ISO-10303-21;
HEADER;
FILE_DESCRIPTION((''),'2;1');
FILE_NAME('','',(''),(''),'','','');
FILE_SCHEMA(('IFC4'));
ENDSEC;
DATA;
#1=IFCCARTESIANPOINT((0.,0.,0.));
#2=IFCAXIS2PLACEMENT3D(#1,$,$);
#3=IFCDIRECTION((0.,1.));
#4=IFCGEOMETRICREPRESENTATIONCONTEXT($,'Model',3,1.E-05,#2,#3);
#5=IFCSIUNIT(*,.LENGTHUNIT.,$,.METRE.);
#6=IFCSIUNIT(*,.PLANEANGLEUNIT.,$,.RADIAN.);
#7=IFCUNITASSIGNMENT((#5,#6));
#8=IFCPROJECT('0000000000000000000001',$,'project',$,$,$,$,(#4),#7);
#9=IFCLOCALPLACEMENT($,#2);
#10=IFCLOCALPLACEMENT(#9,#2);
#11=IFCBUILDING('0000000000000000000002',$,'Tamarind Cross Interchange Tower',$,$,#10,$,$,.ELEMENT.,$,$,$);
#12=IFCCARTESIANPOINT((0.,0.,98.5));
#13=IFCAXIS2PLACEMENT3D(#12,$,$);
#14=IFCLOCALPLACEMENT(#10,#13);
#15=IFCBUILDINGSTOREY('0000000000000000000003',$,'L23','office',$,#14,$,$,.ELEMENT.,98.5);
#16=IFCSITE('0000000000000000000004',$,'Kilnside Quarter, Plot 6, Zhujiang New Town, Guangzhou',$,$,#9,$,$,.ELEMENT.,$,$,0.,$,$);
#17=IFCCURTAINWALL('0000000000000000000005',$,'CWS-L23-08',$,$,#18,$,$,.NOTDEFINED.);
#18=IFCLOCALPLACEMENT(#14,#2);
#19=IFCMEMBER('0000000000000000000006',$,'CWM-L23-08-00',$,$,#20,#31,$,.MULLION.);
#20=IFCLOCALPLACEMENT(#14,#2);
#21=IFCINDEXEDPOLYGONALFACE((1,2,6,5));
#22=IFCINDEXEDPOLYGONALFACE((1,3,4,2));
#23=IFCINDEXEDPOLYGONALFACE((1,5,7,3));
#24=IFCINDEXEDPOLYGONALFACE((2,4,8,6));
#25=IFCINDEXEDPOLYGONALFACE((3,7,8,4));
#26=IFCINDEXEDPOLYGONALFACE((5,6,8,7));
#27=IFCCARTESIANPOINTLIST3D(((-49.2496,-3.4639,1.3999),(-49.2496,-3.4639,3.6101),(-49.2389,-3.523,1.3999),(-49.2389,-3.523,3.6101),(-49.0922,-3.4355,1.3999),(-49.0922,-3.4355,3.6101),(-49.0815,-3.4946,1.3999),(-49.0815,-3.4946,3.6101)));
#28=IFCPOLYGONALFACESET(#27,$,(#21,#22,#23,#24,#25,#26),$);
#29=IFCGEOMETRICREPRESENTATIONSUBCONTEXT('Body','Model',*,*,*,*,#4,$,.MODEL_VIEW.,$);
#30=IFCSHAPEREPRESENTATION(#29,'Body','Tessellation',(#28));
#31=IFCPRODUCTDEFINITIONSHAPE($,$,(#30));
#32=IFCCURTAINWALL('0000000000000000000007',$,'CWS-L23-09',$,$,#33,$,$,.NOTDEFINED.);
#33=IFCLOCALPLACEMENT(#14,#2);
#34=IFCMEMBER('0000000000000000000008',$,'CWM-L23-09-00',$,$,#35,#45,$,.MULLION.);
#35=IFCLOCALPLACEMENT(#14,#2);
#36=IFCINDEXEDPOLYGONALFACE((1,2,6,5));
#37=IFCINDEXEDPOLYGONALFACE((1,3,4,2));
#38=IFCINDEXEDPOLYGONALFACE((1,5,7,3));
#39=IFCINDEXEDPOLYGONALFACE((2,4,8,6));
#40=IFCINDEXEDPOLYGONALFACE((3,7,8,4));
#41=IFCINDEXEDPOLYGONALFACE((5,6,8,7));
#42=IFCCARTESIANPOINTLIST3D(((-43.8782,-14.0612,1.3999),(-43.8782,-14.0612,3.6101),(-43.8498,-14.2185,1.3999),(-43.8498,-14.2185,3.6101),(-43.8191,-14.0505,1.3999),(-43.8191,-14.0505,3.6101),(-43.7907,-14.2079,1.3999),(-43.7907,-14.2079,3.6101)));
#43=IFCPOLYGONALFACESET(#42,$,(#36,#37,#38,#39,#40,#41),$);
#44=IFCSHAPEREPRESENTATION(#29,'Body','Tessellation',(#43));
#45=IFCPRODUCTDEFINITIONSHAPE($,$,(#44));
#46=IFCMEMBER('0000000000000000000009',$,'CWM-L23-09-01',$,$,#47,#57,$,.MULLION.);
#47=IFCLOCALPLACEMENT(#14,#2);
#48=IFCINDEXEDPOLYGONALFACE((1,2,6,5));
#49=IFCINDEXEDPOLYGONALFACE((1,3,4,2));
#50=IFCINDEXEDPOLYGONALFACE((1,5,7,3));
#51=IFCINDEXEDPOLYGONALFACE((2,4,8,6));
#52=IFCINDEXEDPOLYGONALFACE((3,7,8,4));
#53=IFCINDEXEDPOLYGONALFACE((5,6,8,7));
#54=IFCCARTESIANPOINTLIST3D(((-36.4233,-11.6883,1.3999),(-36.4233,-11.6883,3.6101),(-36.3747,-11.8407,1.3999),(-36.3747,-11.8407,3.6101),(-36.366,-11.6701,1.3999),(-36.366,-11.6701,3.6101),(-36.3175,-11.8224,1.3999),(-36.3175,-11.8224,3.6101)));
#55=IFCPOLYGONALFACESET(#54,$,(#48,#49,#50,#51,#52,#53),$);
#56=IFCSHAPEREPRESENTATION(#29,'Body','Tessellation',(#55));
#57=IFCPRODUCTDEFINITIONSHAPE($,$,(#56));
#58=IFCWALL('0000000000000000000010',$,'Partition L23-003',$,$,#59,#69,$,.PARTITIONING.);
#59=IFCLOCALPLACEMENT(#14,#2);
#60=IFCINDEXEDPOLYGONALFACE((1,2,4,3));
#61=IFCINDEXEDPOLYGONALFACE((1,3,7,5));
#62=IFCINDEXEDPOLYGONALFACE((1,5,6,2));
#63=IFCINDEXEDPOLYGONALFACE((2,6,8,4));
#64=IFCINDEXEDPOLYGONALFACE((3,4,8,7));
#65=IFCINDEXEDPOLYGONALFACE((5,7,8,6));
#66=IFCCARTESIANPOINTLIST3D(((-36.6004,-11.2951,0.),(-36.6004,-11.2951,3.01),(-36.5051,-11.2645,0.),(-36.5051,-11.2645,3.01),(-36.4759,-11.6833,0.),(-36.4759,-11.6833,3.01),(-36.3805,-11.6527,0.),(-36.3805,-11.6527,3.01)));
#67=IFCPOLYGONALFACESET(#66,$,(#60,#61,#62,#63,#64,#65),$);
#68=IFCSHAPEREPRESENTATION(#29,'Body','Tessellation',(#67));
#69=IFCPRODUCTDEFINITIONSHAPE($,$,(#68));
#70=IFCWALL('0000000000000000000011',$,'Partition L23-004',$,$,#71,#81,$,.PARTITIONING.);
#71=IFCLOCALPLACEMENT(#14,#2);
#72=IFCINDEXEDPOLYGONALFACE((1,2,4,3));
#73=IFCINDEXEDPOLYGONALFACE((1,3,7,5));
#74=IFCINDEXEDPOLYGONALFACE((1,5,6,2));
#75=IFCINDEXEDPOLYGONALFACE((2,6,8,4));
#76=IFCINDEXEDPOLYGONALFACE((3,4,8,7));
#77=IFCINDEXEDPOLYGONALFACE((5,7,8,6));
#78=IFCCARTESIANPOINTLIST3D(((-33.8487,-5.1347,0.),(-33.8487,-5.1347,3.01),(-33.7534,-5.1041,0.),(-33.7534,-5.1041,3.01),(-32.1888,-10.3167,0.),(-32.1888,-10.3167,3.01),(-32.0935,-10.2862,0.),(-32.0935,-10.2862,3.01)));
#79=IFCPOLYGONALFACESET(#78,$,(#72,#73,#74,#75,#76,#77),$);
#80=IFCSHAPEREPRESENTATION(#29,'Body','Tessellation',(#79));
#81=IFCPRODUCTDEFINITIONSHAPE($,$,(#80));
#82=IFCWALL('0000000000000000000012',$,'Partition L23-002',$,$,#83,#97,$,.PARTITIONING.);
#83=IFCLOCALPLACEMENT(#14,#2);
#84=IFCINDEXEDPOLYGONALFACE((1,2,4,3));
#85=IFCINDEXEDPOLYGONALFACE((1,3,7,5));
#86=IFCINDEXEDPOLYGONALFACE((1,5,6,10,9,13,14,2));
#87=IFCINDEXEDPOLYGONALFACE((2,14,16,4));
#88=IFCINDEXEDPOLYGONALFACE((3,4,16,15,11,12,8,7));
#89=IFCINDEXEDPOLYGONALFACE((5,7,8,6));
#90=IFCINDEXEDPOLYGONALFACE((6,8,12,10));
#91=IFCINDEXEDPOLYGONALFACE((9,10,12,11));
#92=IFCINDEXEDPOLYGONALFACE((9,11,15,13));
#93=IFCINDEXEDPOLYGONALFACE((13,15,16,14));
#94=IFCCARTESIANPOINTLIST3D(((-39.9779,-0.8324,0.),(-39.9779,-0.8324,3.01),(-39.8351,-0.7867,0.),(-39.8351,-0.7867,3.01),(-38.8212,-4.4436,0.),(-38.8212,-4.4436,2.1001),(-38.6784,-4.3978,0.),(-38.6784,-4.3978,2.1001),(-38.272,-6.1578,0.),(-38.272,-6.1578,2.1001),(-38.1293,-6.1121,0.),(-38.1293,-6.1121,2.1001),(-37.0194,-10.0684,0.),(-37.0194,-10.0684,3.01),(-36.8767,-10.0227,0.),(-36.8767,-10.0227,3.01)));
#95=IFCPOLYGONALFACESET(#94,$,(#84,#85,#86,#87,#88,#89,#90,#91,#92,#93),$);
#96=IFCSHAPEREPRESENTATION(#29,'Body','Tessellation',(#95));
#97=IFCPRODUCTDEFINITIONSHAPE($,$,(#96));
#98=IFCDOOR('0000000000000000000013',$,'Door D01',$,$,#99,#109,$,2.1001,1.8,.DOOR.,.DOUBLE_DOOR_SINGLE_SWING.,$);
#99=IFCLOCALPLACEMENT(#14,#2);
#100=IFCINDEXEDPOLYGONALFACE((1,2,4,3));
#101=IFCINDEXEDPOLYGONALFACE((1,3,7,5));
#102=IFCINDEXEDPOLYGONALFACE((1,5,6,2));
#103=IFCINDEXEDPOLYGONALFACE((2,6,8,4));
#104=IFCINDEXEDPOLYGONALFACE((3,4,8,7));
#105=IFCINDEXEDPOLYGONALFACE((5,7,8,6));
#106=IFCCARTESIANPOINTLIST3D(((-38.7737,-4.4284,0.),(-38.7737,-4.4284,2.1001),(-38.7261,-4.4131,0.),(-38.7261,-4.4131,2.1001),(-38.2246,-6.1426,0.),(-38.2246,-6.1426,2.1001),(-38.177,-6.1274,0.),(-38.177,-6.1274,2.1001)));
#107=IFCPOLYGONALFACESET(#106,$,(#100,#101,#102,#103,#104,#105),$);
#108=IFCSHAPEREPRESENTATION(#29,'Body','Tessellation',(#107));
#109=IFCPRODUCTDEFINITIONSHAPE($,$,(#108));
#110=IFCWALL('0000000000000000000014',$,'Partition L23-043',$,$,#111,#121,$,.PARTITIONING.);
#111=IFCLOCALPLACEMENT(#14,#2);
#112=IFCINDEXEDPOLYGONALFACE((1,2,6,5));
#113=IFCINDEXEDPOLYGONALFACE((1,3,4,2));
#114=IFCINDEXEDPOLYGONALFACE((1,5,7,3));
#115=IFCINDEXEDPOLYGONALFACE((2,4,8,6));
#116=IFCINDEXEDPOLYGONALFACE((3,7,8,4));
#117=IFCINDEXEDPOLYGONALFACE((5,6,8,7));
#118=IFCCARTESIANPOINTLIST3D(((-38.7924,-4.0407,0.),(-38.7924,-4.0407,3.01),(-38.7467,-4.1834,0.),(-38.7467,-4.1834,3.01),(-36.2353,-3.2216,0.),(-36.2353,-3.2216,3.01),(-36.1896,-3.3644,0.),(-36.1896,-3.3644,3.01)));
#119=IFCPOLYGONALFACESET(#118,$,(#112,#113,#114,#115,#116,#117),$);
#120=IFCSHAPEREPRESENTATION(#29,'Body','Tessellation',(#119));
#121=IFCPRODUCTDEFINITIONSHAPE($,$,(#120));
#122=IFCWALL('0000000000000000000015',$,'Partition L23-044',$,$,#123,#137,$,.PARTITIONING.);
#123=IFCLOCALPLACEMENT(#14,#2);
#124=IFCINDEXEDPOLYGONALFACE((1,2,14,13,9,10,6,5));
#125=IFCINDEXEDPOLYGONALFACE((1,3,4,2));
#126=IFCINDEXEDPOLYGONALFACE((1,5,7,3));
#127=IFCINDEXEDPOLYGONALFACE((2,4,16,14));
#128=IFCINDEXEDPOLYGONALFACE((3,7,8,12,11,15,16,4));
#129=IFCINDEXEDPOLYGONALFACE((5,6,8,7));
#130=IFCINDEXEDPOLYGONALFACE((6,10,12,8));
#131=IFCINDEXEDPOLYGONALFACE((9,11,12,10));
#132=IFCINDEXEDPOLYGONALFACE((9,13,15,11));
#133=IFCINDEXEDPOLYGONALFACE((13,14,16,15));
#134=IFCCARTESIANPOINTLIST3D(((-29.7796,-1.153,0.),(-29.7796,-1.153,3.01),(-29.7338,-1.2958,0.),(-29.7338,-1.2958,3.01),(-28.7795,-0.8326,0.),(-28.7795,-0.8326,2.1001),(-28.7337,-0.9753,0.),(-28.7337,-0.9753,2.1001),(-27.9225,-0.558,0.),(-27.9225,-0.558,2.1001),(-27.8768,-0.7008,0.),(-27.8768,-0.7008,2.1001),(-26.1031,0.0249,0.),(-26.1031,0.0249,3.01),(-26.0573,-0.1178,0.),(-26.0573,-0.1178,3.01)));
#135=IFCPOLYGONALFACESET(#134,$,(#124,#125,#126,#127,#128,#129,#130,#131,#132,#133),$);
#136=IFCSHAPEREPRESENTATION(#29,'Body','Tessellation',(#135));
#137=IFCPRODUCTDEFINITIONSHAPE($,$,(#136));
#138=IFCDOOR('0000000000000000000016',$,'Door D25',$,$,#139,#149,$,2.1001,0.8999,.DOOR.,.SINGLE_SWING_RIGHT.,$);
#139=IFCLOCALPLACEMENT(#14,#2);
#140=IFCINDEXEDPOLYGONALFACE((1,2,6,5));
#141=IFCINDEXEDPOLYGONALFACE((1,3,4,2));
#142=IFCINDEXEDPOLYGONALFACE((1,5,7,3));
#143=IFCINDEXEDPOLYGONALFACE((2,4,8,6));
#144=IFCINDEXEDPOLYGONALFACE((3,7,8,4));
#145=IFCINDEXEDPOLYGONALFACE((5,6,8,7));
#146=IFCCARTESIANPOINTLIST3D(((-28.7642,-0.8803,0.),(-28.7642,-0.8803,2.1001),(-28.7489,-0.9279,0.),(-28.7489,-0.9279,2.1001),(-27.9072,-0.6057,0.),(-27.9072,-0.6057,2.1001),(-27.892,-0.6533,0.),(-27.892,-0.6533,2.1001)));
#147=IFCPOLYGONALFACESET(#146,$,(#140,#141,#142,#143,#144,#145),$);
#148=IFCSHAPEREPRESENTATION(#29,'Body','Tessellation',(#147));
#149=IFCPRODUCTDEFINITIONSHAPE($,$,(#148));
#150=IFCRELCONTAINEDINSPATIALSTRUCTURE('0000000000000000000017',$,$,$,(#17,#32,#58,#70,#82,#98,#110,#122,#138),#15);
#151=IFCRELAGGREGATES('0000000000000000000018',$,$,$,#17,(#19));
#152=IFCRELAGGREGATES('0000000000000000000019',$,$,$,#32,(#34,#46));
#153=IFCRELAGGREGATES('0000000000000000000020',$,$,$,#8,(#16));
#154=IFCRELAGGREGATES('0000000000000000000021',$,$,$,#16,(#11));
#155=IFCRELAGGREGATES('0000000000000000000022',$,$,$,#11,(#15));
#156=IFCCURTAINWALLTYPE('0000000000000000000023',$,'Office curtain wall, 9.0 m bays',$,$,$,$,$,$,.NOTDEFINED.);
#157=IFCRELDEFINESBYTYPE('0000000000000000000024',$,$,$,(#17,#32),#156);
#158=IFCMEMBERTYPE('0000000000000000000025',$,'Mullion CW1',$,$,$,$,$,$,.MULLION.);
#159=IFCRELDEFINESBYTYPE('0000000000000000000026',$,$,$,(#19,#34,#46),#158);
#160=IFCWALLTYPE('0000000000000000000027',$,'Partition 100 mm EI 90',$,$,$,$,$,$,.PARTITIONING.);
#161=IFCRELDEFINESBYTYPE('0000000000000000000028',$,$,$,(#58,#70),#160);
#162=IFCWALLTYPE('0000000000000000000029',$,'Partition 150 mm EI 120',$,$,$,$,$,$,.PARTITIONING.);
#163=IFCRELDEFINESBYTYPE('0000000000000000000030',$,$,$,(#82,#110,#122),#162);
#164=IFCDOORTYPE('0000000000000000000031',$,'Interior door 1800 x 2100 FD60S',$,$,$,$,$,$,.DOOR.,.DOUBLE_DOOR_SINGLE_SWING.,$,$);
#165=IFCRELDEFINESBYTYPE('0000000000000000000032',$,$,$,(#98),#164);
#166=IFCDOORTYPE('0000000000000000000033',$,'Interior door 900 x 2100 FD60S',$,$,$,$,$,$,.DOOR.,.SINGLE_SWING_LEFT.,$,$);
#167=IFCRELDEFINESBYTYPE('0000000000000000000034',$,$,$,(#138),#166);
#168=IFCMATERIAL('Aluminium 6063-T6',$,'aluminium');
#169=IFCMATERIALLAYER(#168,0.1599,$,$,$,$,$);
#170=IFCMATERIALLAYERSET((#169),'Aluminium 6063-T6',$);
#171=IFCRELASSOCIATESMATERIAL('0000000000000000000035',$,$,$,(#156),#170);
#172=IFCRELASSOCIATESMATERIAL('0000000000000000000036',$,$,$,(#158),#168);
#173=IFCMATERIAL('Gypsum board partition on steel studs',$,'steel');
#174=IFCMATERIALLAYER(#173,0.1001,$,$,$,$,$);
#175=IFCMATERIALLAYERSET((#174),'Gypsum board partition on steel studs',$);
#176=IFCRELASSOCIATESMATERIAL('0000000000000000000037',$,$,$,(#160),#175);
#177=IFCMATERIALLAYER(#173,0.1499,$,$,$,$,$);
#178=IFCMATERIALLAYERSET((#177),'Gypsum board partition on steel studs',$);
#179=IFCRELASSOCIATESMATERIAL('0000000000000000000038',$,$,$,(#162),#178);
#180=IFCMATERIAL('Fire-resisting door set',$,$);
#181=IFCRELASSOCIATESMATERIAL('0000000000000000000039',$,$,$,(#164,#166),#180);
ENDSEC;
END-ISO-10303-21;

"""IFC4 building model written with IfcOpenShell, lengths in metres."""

from ifc_helpers import new_model, si_unit, direction, frame, frame_2d, origin, origin_2d, place, context, subcontext, project, spatial, rectangle, extrude, material, layer, layer_set, material_profile, profile_set, type_object, element, fill, aggregate, save


model = new_model("IFC4")

# Units and contexts
model_context = context("Model", 3, precision=1e-05, world=origin(), true_north=direction((0.0, 1.0)))
body_context = subcontext(model_context, "Body", "Model", "MODEL_VIEW")
ifc_project = project(units=[si_unit("LENGTHUNIT", "METRE"), si_unit("PLANEANGLEUNIT", "RADIAN")], contexts=[model_context])

# Site, building, storey
site_placement = place(None, origin())
site = spatial("IfcSite", under=ifc_project, at=site_placement, Name="Kilnside Quarter, Plot 6, Zhujiang New Town, Guangzhou", CompositionType="ELEMENT", RefElevation=0.0)
building_placement = place(site_placement, origin())
building = spatial("IfcBuilding", under=site, at=building_placement, Name="Tamarind Cross Interchange Tower", CompositionType="ELEMENT")
storey_placement = place(building_placement, frame((0.0, 0.0, 98.5)))
storey = spatial("IfcBuildingStorey", under=building, at=storey_placement, Name="L23", Description="office", CompositionType="ELEMENT", Elevation=98.5)

# Curtain wall, member
ifc_material_1 = material(Name="Aluminium 6063-T6", Category="aluminium")
ifc_layer_1 = layer(ifc_material_1, 0.1599)
ifc_layer_set_1 = layer_set([ifc_layer_1], Name="Aluminium 6063-T6")
curtain_wall_type = type_object("IfcCurtainWallType", Name="Office curtain wall, 9.0 m bays", PredefinedType="NOTDEFINED", material=ifc_layer_set_1)
curtain_wall_1_placement = place(storey_placement, origin())
curtain_wall_1 = element("IfcCurtainWall", 1, at=curtain_wall_1_placement, inside=storey, type_object=curtain_wall_type, Name="CWS-L23-08", PredefinedType="NOTDEFINED")
ifc_material_profile_1 = material_profile(ifc_material_1, rectangle(XDim=0.0601, YDim=0.1599, at=origin_2d()), Name="Mullion CW1")
ifc_profile_set_1 = profile_set([ifc_material_profile_1], Name="Aluminium 6063-T6")
member_type = type_object("IfcMemberType", Name="Mullion CW1", PredefinedType="MULLION", material=ifc_profile_set_1)
member_1_placement = place(storey_placement, frame((-49.1655, -3.4792, 1.3999), z_axis=(0.0, 0.0, 1.0), x_axis=(0.178143, -0.984005, 0.0)))
member_1 = element("IfcMember", 2, at=member_1_placement, type_object=member_type, Name="CWM-L23-08-00", PredefinedType="MULLION", context=body_context, shape_type="SweptSolid", body=[
    extrude(rectangle(XDim=0.0601, YDim=0.1599, at=origin_2d()), origin(), (0.0, 0.0, 1.0), 2.2102),
])
aggregate(curtain_wall_1, [member_1])

# Curtain wall, members
curtain_wall_2_placement = place(storey_placement, origin())
curtain_wall_2 = element("IfcCurtainWall", 3, at=curtain_wall_2_placement, inside=storey, type_object=curtain_wall_type, Name="CWS-L23-09", PredefinedType="NOTDEFINED")
member_2_placement = place(storey_placement, frame((-43.8345, -14.1345, 1.3999), z_axis=(0.0, 0.0, 1.0), x_axis=(0.984133, 0.177433, 0.0)))
member_2 = element("IfcMember", 4, at=member_2_placement, type_object=member_type, Name="CWM-L23-09-00", PredefinedType="MULLION", context=body_context, shape_type="SweptSolid", body=[
    extrude(rectangle(XDim=0.0601, YDim=0.1599, at=origin_2d()), origin(), (0.0, 0.0, 1.0), 2.2102),
])
member_3_placement = place(storey_placement, frame((-36.3704, -11.7554, 1.3999), z_axis=(0.0, 0.0, 1.0), x_axis=(0.952773, 0.303683, 0.0)))
member_3 = element("IfcMember", 5, at=member_3_placement, type_object=member_type, Name="CWM-L23-09-01", PredefinedType="MULLION", context=body_context, shape_type="SweptSolid", body=[
    extrude(rectangle(XDim=0.0601, YDim=0.1599, at=origin_2d()), origin(), (0.0, 0.0, 1.0), 2.2102),
])
aggregate(curtain_wall_2, [member_2, member_3])

# Walls
ifc_material_2 = material(Name="Gypsum board partition on steel studs", Category="steel")
ifc_layer_2 = layer(ifc_material_2, 0.1001)
ifc_layer_set_2 = layer_set([ifc_layer_2], Name="Gypsum board partition on steel studs")
wall_type_1 = type_object("IfcWallType", Name="Partition 100 mm EI 90", PredefinedType="PARTITIONING", material=ifc_layer_set_2)
wall_1_placement = place(storey_placement, frame((-36.5527, -11.2798, 0.0), z_axis=(0.0, 0.0, 1.0), x_axis=(0.305428, -0.952215, 0.0)))
element("IfcWall", 6, at=wall_1_placement, inside=storey, type_object=wall_type_1, Name="Partition L23-003", PredefinedType="PARTITIONING", context=body_context, shape_type="SweptSolid", body=[
    extrude(rectangle(XDim=0.4077, YDim=0.1001, at=frame_2d((0.2039, 0.0))), origin(), (0.0, 0.0, 1.0), 3.01),
])
wall_2_placement = place(storey_placement, frame((-33.801, -5.1194, 0.0), z_axis=(0.0, 0.0, 1.0), x_axis=(0.305048, -0.952337, 0.0)))
element("IfcWall", 7, at=wall_2_placement, inside=storey, type_object=wall_type_1, Name="Partition L23-004", PredefinedType="PARTITIONING", context=body_context, shape_type="SweptSolid", body=[
    extrude(rectangle(XDim=5.4414, YDim=0.1001, at=frame_2d((2.7207, 0.0))), origin(), (0.0, 0.0, 1.0), 3.01),
])

# Wall, opening, door
ifc_layer_3 = layer(ifc_material_2, 0.1499)
ifc_layer_set_3 = layer_set([ifc_layer_3], Name="Gypsum board partition on steel studs")
wall_type_2 = type_object("IfcWallType", Name="Partition 150 mm EI 120", PredefinedType="PARTITIONING", material=ifc_layer_set_3)
wall_3_placement = place(storey_placement, frame((-39.9065, -0.8096, 0.0), z_axis=(0.0, 0.0, 1.0), x_axis=(0.305052, -0.952336, 0.0)))
wall_3 = element("IfcWall", 8, at=wall_3_placement, inside=storey, type_object=wall_type_2, Name="Partition L23-002", PredefinedType="PARTITIONING", context=body_context, shape_type="SweptSolid", body=[
    extrude(rectangle(XDim=9.6982, YDim=0.1499, at=frame_2d((4.8491, 0.0))), origin(), (0.0, 0.0, 1.0), 3.01),
])
opening_1_placement = place(wall_3_placement, frame((3.792, 0.0, 0.0)))
opening_1 = element("IfcOpeningElement", 9, at=opening_1_placement, cuts=wall_3, PredefinedType="OPENING", context=body_context, shape_type="SweptSolid", body=[
    extrude(rectangle(XDim=1.8, YDim=2.1001, at=frame_2d((0.8999, 1.05))), frame((0.0, 0.085, 0.0), z_axis=(0.0, -1.0, 0.0), x_axis=(1.0, 0.0, 0.0)), (0.0, 0.0, 1.0), 0.1699),
])
ifc_material_3 = material(Name="Fire-resisting door set")
door_type_1 = type_object("IfcDoorType", Name="Interior door 1800 x 2100 FD60S", OperationType="DOUBLE_DOOR_SINGLE_SWING", PredefinedType="DOOR", material=ifc_material_3)
door_1_placement = place(opening_1_placement, origin())
door_1 = element("IfcDoor", 10, at=door_1_placement, inside=storey, type_object=door_type_1, Name="Door D01", OperationType="DOUBLE_DOOR_SINGLE_SWING", OverallHeight=2.1001, OverallWidth=1.8, PredefinedType="DOOR", context=body_context, shape_type="SweptSolid", body=[
    extrude(rectangle(XDim=1.8, YDim=2.1001, at=frame_2d((0.8999, 1.05))), frame((0.0, 0.0249, 0.0), z_axis=(0.0, -1.0, 0.0), x_axis=(1.0, 0.0, 0.0)), (0.0, 0.0, 1.0), 0.05),
])
fill(opening_1, door_1)

# Wall
wall_4_placement = place(storey_placement, frame((-38.7695, -4.1121, 0.0), z_axis=(0.0, 0.0, 1.0), x_axis=(0.952336, 0.30505, 0.0)))
element("IfcWall", 11, at=wall_4_placement, inside=storey, type_object=wall_type_2, Name="Partition L23-043", PredefinedType="PARTITIONING", context=body_context, shape_type="SweptSolid", body=[
    extrude(rectangle(XDim=2.6851, YDim=0.1499, at=frame_2d((1.3425, 0.0))), origin(), (0.0, 0.0, 1.0), 3.01),
])

# Wall, opening, door
wall_5_placement = place(storey_placement, frame((-29.7566, -1.2244, 0.0), z_axis=(0.0, 0.0, 1.0), x_axis=(0.952312, 0.305127, 0.0)))
wall_5 = element("IfcWall", 12, at=wall_5_placement, inside=storey, type_object=wall_type_2, Name="Partition L23-044", PredefinedType="PARTITIONING", context=body_context, shape_type="SweptSolid", body=[
    extrude(rectangle(XDim=3.8606, YDim=0.1499, at=frame_2d((1.9302, 0.0))), origin(), (0.0, 0.0, 1.0), 3.01),
])
opening_2_placement = place(wall_5_placement, frame((1.05, 0.0, 0.0)))
opening_2 = element("IfcOpeningElement", 13, at=opening_2_placement, cuts=wall_5, PredefinedType="OPENING", context=body_context, shape_type="SweptSolid", body=[
    extrude(rectangle(XDim=0.8999, YDim=2.1001, at=frame_2d((0.45, 1.05))), frame((0.0, 0.085, 0.0), z_axis=(0.0, -1.0, 0.0), x_axis=(1.0, 0.0, 0.0)), (0.0, 0.0, 1.0), 0.1699),
])
door_type_2 = type_object("IfcDoorType", Name="Interior door 900 x 2100 FD60S", OperationType="SINGLE_SWING_LEFT", PredefinedType="DOOR", material=ifc_material_3)
door_2_placement = place(opening_2_placement, origin())
door_2 = element("IfcDoor", 14, at=door_2_placement, inside=storey, type_object=door_type_2, Name="Door D25", OperationType="SINGLE_SWING_RIGHT", OverallHeight=2.1001, OverallWidth=0.8999, PredefinedType="DOOR", context=body_context, shape_type="SweptSolid", body=[
    extrude(rectangle(XDim=0.8999, YDim=2.1001, at=frame_2d((0.45, 1.05))), frame((0.0, 0.0249, 0.0), z_axis=(0.0, -1.0, 0.0), x_axis=(1.0, 0.0, 0.0)), (0.0, 0.0, 1.0), 0.05),
])
fill(opening_2, door_2)

save(model, "model.ifc")
